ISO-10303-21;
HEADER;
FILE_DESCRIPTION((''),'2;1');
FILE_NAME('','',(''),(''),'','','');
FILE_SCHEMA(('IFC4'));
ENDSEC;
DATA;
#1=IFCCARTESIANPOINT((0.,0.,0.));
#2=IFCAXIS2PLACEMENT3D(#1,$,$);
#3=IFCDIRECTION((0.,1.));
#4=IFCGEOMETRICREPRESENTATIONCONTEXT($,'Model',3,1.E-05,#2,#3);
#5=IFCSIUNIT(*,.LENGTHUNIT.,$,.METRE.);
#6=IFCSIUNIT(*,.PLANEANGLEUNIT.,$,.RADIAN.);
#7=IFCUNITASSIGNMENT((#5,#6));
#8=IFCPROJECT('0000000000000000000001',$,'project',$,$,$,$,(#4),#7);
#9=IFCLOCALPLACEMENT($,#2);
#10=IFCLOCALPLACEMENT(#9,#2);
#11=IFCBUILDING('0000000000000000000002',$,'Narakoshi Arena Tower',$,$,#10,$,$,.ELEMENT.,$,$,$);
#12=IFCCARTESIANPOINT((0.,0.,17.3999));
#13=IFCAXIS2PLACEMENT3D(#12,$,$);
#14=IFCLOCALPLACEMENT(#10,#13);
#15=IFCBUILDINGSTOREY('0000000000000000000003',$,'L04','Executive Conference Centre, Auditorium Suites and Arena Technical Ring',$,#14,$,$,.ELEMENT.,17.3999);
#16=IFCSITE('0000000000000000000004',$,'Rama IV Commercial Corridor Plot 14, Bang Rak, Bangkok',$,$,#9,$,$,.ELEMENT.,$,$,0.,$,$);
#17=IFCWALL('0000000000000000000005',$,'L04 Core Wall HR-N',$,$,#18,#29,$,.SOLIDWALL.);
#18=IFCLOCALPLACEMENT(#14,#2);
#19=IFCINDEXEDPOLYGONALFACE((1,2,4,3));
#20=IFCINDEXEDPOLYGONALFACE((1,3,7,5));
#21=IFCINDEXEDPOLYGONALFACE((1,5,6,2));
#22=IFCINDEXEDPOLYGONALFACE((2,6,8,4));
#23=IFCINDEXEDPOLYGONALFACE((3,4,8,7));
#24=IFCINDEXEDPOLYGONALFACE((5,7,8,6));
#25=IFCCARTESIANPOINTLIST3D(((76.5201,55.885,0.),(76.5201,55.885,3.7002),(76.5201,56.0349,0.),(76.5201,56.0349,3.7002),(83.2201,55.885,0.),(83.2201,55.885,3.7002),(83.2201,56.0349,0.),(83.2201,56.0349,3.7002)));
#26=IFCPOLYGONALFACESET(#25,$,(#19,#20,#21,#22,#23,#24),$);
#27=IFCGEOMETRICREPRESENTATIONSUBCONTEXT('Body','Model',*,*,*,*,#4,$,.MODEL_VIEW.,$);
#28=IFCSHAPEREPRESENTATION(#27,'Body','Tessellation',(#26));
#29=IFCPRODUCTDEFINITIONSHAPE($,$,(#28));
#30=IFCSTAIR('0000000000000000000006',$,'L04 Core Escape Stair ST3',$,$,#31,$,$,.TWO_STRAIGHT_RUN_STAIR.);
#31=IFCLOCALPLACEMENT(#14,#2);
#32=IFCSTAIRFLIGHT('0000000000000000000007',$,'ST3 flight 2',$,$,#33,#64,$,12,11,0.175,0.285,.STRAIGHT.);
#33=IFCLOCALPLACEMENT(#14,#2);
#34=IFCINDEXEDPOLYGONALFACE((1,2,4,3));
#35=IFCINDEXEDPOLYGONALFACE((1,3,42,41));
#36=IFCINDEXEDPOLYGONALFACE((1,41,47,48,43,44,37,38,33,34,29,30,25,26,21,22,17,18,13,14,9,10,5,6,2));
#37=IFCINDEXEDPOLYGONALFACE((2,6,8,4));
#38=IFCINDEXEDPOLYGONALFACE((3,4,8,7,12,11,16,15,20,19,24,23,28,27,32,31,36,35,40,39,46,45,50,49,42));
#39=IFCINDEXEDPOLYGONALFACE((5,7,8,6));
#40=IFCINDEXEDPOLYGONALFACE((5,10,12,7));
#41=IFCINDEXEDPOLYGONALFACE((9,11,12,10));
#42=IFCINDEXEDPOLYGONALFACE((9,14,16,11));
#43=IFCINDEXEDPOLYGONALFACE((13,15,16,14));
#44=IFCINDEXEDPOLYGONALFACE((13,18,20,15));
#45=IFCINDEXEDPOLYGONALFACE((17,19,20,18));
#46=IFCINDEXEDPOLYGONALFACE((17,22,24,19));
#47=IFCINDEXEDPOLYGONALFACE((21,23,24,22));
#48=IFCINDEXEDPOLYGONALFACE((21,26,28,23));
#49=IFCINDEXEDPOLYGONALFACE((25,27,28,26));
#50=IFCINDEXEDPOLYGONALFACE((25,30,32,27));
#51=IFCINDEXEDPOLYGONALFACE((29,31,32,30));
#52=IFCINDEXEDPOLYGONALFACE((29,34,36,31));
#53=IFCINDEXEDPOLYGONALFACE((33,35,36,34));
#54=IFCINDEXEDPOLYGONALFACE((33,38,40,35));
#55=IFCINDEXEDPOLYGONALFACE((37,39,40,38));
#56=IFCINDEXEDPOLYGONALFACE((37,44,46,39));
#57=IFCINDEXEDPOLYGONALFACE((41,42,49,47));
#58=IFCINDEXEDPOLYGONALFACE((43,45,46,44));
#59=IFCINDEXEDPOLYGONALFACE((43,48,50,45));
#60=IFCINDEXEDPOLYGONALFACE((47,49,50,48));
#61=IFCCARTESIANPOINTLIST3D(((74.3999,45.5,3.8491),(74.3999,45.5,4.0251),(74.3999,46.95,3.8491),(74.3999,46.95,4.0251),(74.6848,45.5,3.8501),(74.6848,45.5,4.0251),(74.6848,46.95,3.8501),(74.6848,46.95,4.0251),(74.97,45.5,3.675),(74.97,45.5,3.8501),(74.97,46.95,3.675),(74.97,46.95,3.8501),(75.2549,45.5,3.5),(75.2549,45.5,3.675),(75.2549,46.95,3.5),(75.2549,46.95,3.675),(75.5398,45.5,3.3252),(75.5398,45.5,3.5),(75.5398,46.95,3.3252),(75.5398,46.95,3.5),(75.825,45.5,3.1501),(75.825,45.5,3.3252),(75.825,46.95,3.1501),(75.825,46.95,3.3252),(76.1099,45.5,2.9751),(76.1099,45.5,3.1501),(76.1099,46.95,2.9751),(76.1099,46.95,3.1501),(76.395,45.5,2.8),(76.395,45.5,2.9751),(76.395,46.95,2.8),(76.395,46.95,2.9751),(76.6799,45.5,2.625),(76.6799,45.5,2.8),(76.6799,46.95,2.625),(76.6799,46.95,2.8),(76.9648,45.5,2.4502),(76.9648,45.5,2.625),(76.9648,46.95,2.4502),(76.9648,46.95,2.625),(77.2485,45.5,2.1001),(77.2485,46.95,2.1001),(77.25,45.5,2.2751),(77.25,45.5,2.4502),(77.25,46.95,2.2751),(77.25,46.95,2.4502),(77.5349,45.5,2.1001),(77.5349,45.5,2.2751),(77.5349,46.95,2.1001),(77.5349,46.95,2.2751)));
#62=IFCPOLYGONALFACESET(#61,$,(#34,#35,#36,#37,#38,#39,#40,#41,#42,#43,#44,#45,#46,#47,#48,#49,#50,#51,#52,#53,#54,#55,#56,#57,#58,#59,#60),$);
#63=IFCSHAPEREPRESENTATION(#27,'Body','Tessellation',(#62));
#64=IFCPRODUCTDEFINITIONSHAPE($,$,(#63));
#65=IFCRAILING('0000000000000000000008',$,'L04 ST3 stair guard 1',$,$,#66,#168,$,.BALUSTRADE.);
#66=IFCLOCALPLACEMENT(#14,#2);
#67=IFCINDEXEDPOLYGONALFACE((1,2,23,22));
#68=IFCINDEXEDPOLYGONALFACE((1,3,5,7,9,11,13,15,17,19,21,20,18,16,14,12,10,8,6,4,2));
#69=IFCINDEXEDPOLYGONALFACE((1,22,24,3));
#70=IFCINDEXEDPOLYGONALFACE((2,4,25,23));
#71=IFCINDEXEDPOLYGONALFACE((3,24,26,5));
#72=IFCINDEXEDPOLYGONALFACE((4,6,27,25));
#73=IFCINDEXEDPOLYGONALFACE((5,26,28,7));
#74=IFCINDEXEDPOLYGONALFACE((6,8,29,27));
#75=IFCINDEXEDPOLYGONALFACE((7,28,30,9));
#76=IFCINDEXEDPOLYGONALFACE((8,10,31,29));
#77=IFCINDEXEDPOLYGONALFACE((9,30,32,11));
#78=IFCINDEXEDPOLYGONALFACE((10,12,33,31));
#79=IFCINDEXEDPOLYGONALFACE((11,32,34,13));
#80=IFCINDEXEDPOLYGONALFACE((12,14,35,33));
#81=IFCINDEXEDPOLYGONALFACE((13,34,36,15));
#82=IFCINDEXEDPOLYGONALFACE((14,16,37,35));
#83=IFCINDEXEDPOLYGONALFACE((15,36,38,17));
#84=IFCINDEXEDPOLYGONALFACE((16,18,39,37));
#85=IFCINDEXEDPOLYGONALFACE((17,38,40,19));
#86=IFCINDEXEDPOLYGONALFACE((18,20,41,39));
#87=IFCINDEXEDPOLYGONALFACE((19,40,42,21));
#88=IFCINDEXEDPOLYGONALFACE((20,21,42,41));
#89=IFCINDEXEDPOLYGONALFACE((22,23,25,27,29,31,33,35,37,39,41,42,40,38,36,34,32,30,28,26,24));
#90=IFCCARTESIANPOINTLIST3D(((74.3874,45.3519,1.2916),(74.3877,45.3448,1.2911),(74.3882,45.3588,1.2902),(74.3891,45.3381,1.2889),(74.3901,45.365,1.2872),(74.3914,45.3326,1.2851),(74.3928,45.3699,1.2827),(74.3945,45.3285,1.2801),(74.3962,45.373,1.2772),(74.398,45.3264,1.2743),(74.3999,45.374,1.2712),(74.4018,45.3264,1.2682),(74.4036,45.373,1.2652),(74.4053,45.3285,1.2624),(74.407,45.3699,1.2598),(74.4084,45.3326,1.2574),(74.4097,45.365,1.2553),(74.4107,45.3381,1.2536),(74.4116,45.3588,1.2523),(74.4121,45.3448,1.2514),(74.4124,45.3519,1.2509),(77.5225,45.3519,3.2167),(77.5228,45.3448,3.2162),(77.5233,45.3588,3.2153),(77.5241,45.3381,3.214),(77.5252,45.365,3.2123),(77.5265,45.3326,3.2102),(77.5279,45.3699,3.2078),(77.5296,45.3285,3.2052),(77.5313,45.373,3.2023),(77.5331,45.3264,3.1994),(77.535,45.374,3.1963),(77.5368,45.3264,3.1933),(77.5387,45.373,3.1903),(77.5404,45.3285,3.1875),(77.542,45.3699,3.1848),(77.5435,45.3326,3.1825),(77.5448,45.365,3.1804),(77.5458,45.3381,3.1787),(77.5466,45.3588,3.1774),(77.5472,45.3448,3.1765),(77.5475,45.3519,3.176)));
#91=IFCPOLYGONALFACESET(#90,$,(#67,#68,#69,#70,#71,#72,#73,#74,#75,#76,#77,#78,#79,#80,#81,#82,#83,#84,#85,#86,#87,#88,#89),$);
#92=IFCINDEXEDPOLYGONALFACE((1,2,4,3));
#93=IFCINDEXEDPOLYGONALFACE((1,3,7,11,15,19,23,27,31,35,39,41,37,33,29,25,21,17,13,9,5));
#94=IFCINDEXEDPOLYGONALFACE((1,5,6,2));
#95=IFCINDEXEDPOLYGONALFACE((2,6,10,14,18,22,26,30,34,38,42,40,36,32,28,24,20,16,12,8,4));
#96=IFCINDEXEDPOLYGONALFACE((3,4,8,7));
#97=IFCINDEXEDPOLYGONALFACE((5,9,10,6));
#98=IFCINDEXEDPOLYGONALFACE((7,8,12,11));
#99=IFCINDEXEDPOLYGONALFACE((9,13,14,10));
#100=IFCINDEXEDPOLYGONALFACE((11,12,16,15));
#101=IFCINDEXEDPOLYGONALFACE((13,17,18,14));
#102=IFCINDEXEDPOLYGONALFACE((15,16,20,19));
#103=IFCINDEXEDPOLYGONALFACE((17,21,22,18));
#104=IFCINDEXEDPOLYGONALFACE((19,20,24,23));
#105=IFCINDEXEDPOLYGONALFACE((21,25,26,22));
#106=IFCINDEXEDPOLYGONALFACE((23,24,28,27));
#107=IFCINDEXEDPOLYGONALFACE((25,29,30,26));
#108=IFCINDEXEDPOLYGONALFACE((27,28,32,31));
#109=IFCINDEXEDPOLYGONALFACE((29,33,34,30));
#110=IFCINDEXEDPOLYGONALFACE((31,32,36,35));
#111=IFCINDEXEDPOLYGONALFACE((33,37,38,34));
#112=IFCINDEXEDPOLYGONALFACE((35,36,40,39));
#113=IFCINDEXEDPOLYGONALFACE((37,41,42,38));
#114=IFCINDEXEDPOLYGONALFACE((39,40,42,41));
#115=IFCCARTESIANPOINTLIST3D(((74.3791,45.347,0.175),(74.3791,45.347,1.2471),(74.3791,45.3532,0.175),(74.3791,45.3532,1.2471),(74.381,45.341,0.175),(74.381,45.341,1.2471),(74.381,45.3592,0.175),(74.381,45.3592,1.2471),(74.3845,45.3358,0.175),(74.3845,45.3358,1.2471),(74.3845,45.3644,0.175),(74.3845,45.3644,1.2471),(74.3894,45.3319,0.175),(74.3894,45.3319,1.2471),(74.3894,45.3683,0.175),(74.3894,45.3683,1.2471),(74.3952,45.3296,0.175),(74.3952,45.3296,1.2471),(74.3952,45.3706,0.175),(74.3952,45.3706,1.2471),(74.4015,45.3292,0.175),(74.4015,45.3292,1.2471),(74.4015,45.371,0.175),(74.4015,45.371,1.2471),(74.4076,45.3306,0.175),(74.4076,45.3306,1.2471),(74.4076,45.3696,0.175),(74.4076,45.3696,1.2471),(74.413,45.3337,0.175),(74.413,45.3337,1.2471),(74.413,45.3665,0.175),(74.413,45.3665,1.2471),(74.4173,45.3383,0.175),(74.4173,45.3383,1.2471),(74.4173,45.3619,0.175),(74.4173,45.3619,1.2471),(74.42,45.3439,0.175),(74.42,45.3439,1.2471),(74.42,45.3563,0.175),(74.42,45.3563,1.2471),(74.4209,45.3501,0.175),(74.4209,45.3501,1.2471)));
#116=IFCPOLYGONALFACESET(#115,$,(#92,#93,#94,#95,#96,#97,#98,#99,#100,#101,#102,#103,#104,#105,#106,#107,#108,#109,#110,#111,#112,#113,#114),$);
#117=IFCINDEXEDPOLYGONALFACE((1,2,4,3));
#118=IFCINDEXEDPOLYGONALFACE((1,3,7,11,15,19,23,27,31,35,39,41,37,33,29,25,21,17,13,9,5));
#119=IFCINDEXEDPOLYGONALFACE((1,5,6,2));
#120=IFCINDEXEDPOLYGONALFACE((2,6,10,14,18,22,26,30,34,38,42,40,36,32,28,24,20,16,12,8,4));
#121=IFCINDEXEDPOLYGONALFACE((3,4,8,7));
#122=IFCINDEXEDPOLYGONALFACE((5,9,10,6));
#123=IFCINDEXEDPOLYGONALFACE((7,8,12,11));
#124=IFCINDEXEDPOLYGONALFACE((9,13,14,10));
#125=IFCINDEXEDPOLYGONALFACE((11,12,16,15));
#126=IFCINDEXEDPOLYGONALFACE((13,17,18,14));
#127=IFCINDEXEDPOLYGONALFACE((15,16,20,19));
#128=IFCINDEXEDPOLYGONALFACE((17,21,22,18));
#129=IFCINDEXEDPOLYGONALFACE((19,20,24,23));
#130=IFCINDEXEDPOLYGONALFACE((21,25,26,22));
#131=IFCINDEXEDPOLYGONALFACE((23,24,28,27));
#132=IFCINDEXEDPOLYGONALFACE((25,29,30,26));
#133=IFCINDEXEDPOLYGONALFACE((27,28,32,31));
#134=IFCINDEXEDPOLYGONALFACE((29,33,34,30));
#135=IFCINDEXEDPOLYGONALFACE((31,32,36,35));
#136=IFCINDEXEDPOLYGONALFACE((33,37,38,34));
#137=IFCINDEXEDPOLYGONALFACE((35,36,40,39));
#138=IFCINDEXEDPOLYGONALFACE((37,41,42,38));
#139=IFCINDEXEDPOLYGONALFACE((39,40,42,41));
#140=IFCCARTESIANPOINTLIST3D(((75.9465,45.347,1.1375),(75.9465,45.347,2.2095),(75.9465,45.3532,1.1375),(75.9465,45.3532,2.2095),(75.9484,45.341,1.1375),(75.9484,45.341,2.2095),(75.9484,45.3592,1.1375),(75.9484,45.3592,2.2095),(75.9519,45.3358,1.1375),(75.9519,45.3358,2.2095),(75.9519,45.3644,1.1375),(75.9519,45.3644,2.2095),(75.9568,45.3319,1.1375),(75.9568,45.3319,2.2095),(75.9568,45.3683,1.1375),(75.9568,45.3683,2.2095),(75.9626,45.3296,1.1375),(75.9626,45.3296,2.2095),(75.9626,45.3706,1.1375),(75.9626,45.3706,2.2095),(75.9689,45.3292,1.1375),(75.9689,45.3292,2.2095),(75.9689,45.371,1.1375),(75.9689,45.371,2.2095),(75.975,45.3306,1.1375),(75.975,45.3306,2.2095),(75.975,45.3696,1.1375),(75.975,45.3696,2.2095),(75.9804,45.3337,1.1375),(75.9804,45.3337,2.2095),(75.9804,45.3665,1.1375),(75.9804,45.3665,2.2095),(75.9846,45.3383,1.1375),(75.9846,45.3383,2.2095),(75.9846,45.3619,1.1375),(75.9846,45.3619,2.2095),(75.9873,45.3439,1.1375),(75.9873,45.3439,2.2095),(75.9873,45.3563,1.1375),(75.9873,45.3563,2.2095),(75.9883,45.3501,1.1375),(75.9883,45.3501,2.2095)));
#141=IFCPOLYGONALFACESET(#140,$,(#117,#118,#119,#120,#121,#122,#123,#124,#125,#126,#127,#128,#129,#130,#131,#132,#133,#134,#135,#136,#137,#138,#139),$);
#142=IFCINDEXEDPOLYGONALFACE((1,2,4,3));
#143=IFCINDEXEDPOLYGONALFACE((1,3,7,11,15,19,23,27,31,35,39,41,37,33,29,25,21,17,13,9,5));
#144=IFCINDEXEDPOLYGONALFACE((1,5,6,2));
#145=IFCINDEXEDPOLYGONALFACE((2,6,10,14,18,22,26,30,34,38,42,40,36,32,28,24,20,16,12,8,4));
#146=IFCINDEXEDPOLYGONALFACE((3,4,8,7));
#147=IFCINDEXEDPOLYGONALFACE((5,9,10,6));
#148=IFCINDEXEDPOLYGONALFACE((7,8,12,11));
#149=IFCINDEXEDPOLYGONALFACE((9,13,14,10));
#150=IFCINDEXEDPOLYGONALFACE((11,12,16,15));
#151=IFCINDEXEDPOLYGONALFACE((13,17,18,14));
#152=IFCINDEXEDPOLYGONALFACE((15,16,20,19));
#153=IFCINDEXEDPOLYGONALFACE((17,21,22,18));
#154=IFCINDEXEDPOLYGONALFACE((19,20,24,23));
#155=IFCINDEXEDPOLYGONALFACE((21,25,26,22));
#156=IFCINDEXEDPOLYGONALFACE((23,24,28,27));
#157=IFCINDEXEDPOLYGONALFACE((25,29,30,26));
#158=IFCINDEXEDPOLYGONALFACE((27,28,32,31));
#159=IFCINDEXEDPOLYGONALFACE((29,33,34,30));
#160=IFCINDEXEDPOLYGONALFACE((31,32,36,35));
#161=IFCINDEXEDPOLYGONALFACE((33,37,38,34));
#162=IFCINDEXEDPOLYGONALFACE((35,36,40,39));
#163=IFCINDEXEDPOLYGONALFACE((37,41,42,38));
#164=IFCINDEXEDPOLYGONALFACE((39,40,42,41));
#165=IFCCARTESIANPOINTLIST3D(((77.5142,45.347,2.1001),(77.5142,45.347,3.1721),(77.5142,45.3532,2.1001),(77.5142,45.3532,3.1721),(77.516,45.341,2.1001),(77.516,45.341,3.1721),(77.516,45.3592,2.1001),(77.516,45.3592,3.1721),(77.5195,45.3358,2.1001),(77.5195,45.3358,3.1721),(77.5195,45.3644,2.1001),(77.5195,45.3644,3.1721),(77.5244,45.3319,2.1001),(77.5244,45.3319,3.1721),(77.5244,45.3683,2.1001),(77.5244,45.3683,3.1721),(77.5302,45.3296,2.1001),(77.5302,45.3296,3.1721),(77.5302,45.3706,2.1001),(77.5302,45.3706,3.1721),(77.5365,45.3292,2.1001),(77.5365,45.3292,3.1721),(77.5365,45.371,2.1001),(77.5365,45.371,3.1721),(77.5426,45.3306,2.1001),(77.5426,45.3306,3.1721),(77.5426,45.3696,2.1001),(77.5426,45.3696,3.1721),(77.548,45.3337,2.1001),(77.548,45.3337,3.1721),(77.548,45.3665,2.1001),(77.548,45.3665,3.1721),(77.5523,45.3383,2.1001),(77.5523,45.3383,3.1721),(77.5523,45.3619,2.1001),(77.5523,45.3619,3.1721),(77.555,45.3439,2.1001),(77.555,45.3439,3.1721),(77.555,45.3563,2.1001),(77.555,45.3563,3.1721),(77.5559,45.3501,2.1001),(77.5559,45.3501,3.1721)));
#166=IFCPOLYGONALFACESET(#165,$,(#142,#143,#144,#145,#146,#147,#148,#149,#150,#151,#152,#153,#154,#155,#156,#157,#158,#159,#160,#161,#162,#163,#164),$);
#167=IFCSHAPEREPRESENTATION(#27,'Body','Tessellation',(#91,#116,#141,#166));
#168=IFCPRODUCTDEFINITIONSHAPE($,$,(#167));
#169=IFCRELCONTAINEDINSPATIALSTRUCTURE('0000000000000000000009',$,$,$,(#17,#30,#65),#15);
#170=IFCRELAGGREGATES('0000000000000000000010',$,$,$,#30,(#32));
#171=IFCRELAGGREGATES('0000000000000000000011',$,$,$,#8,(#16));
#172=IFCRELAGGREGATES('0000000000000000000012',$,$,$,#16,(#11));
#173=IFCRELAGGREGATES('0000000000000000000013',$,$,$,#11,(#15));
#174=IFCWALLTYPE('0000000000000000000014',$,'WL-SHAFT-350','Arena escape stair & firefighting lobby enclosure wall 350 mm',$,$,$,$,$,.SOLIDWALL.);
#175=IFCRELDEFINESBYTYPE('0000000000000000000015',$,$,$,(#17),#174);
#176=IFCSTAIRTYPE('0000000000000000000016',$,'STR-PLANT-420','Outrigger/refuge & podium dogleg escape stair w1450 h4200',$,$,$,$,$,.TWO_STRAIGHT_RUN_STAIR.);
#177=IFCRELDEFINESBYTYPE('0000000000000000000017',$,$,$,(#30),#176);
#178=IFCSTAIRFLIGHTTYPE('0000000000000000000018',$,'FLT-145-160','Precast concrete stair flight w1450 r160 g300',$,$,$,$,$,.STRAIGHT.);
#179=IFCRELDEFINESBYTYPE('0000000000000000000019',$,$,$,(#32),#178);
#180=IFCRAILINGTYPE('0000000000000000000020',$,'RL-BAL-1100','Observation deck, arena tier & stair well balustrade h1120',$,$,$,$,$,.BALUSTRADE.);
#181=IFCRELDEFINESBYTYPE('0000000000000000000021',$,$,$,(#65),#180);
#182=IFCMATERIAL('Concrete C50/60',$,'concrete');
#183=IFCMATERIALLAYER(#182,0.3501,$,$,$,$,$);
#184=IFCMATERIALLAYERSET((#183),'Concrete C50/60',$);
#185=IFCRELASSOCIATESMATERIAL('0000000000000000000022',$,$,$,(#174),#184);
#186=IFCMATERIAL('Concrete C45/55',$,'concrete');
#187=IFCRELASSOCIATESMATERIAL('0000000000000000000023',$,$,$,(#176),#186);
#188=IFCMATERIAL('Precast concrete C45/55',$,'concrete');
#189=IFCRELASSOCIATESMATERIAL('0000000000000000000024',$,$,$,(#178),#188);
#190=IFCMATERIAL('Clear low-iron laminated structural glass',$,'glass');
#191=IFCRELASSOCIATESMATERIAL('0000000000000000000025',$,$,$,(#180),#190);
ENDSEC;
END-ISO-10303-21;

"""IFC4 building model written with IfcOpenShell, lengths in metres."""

from ifc_helpers import new_model, si_unit, direction, frame, frame_2d, origin, origin_2d, place, context, subcontext, project, spatial, polyline, rectangle, circle, outline, extrude, material, layer, layer_set, type_object, element, aggregate, save


model = new_model("IFC4")

# Units and contexts
model_context = context("Model", 3, precision=1e-05, world=origin(), true_north=direction((0.0, 1.0)))
body_context = subcontext(model_context, "Body", "Model", "MODEL_VIEW")
ifc_project = project(units=[si_unit("LENGTHUNIT", "METRE"), si_unit("PLANEANGLEUNIT", "RADIAN")], contexts=[model_context])

# Site, building, storey
site_placement = place(None, origin())
site = spatial("IfcSite", under=ifc_project, at=site_placement, Name="Rama IV Commercial Corridor Plot 14, Bang Rak, Bangkok", CompositionType="ELEMENT", RefElevation=0.0)
building_placement = place(site_placement, origin())
building = spatial("IfcBuilding", under=site, at=building_placement, Name="Narakoshi Arena Tower", CompositionType="ELEMENT")
storey_placement = place(building_placement, frame((0.0, 0.0, 17.3999)))
storey = spatial("IfcBuildingStorey", under=building, at=storey_placement, Name="L04", Description="Executive Conference Centre, Auditorium Suites and Arena Technical Ring", CompositionType="ELEMENT", Elevation=17.3999)

# Shared definitions
ifc_material_1 = material(Name="Concrete C50/60", Category="concrete")
ifc_layer_1 = layer(ifc_material_1, 0.3501)
ifc_layer_set_1 = layer_set([ifc_layer_1], Name="Concrete C50/60")
wall_type_1 = type_object("IfcWallType", Name="WL-SHAFT-350", Description="Arena escape stair & firefighting lobby enclosure wall 350 mm", PredefinedType="SOLIDWALL", material=ifc_layer_set_1)

# Wall
wall_1_placement = place(storey_placement, frame((76.52, 55.96, 0.0), z_axis=(0.0, 0.0, 1.0), x_axis=(1.0, 0.0, 0.0)))
element("IfcWall", 1, at=wall_1_placement, inside=storey, type_object=wall_type_1, Name="L04 Core Wall HR-N", PredefinedType="SOLIDWALL", context=body_context, shape_type="SweptSolid", body=[
    extrude(rectangle(XDim=6.7, YDim=0.1499, at=frame_2d((3.3501, 0.0))), origin(), (0.0, 0.0, 1.0), 3.7002),
])

# Stair, stair flight
ifc_material_2 = material(Name="Concrete C45/55", Category="concrete")
stair_type = type_object("IfcStairType", Name="STR-PLANT-420", Description="Outrigger/refuge & podium dogleg escape stair w1450 h4200", PredefinedType="TWO_STRAIGHT_RUN_STAIR", material=ifc_material_2)
stair_placement = place(storey_placement, origin())
stair = element("IfcStair", 2, at=stair_placement, inside=storey, type_object=stair_type, Name="L04 Core Escape Stair ST3", PredefinedType="TWO_STRAIGHT_RUN_STAIR")
ifc_material_3 = material(Name="Precast concrete C45/55", Category="concrete")
stair_flight_type = type_object("IfcStairFlightType", Name="FLT-145-160", Description="Precast concrete stair flight w1450 r160 g300", PredefinedType="STRAIGHT", material=ifc_material_3)
stair_flight_placement = place(storey_placement, frame((77.5349, 46.2251, 2.1001), z_axis=(0.0, 0.0, 1.0), x_axis=(-1.0, 0.0, 0.0)))
stair_flight = element("IfcStairFlight", 3, at=stair_flight_placement, type_object=stair_flight_type, Name="ST3 flight 2", NumberOfRisers=12, NumberOfTreads=11, PredefinedType="STRAIGHT", RiserHeight=0.175, TreadLength=0.285, context=body_context, shape_type="SweptSolid", body=[
    extrude(outline(polyline([(0.0, 0.0), (0.0, 0.175), (0.2849, 0.175), (0.2849, 0.3501), (0.5701, 0.3501), (0.5701, 0.5249), (0.855, 0.5249), (0.855, 0.7), (1.1399, 0.7), (1.1399, 0.875), (1.425, 0.875), (1.425, 1.05), (1.71, 1.05), (1.71, 1.2251), (1.9951, 1.2251), (1.9951, 1.3999), (2.28, 1.3999), (2.28, 1.575), (2.5649, 1.575), (2.5649, 1.75), (2.8501, 1.75), (2.8501, 1.925), (3.135, 1.925), (3.135, 2.1001), (3.135, 1.749), (0.2864, 0.0), (0.0, 0.0)])), frame((0.0, 0.7251, 0.0), z_axis=(0.0, -1.0, 0.0), x_axis=(1.0, 0.0, 0.0)), (0.0, 0.0, 1.0), 1.45),
])
aggregate(stair, [stair_flight])

# Railing
ifc_material_4 = material(Name="Clear low-iron laminated structural glass", Category="glass")
railing_type_1 = type_object("IfcRailingType", Name="RL-BAL-1100", Description="Observation deck, arena tier & stair well balustrade h1120", PredefinedType="BALUSTRADE", material=ifc_material_4)
railing_1_placement = place(storey_placement, frame((74.3999, 45.3501, 0.175)))
element("IfcRailing", 4, at=railing_1_placement, inside=storey, type_object=railing_type_1, Name="L04 ST3 stair guard 1", PredefinedType="BALUSTRADE", context=body_context, shape_type="SweptSolid", body=[
    extrude(circle(Radius=0.0239, at=origin_2d()), frame((0.0, 0.0, 1.0962), z_axis=(0.852166, 0.0, 0.523271), x_axis=(0.0, 1.0, 0.0)), (0.0, 0.0, 1.0), 3.679),
    extrude(circle(Radius=0.021, at=origin_2d()), origin(), (0.0, 0.0, 1.0), 1.072),
    extrude(circle(Radius=0.021, at=origin_2d()), frame((1.5674, 0.0, 0.9624)), (0.0, 0.0, 1.0), 1.072),
    extrude(circle(Radius=0.021, at=origin_2d()), frame((3.135, 0.0, 1.925)), (0.0, 0.0, 1.0), 1.072),
])

save(model, "model.ifc")
